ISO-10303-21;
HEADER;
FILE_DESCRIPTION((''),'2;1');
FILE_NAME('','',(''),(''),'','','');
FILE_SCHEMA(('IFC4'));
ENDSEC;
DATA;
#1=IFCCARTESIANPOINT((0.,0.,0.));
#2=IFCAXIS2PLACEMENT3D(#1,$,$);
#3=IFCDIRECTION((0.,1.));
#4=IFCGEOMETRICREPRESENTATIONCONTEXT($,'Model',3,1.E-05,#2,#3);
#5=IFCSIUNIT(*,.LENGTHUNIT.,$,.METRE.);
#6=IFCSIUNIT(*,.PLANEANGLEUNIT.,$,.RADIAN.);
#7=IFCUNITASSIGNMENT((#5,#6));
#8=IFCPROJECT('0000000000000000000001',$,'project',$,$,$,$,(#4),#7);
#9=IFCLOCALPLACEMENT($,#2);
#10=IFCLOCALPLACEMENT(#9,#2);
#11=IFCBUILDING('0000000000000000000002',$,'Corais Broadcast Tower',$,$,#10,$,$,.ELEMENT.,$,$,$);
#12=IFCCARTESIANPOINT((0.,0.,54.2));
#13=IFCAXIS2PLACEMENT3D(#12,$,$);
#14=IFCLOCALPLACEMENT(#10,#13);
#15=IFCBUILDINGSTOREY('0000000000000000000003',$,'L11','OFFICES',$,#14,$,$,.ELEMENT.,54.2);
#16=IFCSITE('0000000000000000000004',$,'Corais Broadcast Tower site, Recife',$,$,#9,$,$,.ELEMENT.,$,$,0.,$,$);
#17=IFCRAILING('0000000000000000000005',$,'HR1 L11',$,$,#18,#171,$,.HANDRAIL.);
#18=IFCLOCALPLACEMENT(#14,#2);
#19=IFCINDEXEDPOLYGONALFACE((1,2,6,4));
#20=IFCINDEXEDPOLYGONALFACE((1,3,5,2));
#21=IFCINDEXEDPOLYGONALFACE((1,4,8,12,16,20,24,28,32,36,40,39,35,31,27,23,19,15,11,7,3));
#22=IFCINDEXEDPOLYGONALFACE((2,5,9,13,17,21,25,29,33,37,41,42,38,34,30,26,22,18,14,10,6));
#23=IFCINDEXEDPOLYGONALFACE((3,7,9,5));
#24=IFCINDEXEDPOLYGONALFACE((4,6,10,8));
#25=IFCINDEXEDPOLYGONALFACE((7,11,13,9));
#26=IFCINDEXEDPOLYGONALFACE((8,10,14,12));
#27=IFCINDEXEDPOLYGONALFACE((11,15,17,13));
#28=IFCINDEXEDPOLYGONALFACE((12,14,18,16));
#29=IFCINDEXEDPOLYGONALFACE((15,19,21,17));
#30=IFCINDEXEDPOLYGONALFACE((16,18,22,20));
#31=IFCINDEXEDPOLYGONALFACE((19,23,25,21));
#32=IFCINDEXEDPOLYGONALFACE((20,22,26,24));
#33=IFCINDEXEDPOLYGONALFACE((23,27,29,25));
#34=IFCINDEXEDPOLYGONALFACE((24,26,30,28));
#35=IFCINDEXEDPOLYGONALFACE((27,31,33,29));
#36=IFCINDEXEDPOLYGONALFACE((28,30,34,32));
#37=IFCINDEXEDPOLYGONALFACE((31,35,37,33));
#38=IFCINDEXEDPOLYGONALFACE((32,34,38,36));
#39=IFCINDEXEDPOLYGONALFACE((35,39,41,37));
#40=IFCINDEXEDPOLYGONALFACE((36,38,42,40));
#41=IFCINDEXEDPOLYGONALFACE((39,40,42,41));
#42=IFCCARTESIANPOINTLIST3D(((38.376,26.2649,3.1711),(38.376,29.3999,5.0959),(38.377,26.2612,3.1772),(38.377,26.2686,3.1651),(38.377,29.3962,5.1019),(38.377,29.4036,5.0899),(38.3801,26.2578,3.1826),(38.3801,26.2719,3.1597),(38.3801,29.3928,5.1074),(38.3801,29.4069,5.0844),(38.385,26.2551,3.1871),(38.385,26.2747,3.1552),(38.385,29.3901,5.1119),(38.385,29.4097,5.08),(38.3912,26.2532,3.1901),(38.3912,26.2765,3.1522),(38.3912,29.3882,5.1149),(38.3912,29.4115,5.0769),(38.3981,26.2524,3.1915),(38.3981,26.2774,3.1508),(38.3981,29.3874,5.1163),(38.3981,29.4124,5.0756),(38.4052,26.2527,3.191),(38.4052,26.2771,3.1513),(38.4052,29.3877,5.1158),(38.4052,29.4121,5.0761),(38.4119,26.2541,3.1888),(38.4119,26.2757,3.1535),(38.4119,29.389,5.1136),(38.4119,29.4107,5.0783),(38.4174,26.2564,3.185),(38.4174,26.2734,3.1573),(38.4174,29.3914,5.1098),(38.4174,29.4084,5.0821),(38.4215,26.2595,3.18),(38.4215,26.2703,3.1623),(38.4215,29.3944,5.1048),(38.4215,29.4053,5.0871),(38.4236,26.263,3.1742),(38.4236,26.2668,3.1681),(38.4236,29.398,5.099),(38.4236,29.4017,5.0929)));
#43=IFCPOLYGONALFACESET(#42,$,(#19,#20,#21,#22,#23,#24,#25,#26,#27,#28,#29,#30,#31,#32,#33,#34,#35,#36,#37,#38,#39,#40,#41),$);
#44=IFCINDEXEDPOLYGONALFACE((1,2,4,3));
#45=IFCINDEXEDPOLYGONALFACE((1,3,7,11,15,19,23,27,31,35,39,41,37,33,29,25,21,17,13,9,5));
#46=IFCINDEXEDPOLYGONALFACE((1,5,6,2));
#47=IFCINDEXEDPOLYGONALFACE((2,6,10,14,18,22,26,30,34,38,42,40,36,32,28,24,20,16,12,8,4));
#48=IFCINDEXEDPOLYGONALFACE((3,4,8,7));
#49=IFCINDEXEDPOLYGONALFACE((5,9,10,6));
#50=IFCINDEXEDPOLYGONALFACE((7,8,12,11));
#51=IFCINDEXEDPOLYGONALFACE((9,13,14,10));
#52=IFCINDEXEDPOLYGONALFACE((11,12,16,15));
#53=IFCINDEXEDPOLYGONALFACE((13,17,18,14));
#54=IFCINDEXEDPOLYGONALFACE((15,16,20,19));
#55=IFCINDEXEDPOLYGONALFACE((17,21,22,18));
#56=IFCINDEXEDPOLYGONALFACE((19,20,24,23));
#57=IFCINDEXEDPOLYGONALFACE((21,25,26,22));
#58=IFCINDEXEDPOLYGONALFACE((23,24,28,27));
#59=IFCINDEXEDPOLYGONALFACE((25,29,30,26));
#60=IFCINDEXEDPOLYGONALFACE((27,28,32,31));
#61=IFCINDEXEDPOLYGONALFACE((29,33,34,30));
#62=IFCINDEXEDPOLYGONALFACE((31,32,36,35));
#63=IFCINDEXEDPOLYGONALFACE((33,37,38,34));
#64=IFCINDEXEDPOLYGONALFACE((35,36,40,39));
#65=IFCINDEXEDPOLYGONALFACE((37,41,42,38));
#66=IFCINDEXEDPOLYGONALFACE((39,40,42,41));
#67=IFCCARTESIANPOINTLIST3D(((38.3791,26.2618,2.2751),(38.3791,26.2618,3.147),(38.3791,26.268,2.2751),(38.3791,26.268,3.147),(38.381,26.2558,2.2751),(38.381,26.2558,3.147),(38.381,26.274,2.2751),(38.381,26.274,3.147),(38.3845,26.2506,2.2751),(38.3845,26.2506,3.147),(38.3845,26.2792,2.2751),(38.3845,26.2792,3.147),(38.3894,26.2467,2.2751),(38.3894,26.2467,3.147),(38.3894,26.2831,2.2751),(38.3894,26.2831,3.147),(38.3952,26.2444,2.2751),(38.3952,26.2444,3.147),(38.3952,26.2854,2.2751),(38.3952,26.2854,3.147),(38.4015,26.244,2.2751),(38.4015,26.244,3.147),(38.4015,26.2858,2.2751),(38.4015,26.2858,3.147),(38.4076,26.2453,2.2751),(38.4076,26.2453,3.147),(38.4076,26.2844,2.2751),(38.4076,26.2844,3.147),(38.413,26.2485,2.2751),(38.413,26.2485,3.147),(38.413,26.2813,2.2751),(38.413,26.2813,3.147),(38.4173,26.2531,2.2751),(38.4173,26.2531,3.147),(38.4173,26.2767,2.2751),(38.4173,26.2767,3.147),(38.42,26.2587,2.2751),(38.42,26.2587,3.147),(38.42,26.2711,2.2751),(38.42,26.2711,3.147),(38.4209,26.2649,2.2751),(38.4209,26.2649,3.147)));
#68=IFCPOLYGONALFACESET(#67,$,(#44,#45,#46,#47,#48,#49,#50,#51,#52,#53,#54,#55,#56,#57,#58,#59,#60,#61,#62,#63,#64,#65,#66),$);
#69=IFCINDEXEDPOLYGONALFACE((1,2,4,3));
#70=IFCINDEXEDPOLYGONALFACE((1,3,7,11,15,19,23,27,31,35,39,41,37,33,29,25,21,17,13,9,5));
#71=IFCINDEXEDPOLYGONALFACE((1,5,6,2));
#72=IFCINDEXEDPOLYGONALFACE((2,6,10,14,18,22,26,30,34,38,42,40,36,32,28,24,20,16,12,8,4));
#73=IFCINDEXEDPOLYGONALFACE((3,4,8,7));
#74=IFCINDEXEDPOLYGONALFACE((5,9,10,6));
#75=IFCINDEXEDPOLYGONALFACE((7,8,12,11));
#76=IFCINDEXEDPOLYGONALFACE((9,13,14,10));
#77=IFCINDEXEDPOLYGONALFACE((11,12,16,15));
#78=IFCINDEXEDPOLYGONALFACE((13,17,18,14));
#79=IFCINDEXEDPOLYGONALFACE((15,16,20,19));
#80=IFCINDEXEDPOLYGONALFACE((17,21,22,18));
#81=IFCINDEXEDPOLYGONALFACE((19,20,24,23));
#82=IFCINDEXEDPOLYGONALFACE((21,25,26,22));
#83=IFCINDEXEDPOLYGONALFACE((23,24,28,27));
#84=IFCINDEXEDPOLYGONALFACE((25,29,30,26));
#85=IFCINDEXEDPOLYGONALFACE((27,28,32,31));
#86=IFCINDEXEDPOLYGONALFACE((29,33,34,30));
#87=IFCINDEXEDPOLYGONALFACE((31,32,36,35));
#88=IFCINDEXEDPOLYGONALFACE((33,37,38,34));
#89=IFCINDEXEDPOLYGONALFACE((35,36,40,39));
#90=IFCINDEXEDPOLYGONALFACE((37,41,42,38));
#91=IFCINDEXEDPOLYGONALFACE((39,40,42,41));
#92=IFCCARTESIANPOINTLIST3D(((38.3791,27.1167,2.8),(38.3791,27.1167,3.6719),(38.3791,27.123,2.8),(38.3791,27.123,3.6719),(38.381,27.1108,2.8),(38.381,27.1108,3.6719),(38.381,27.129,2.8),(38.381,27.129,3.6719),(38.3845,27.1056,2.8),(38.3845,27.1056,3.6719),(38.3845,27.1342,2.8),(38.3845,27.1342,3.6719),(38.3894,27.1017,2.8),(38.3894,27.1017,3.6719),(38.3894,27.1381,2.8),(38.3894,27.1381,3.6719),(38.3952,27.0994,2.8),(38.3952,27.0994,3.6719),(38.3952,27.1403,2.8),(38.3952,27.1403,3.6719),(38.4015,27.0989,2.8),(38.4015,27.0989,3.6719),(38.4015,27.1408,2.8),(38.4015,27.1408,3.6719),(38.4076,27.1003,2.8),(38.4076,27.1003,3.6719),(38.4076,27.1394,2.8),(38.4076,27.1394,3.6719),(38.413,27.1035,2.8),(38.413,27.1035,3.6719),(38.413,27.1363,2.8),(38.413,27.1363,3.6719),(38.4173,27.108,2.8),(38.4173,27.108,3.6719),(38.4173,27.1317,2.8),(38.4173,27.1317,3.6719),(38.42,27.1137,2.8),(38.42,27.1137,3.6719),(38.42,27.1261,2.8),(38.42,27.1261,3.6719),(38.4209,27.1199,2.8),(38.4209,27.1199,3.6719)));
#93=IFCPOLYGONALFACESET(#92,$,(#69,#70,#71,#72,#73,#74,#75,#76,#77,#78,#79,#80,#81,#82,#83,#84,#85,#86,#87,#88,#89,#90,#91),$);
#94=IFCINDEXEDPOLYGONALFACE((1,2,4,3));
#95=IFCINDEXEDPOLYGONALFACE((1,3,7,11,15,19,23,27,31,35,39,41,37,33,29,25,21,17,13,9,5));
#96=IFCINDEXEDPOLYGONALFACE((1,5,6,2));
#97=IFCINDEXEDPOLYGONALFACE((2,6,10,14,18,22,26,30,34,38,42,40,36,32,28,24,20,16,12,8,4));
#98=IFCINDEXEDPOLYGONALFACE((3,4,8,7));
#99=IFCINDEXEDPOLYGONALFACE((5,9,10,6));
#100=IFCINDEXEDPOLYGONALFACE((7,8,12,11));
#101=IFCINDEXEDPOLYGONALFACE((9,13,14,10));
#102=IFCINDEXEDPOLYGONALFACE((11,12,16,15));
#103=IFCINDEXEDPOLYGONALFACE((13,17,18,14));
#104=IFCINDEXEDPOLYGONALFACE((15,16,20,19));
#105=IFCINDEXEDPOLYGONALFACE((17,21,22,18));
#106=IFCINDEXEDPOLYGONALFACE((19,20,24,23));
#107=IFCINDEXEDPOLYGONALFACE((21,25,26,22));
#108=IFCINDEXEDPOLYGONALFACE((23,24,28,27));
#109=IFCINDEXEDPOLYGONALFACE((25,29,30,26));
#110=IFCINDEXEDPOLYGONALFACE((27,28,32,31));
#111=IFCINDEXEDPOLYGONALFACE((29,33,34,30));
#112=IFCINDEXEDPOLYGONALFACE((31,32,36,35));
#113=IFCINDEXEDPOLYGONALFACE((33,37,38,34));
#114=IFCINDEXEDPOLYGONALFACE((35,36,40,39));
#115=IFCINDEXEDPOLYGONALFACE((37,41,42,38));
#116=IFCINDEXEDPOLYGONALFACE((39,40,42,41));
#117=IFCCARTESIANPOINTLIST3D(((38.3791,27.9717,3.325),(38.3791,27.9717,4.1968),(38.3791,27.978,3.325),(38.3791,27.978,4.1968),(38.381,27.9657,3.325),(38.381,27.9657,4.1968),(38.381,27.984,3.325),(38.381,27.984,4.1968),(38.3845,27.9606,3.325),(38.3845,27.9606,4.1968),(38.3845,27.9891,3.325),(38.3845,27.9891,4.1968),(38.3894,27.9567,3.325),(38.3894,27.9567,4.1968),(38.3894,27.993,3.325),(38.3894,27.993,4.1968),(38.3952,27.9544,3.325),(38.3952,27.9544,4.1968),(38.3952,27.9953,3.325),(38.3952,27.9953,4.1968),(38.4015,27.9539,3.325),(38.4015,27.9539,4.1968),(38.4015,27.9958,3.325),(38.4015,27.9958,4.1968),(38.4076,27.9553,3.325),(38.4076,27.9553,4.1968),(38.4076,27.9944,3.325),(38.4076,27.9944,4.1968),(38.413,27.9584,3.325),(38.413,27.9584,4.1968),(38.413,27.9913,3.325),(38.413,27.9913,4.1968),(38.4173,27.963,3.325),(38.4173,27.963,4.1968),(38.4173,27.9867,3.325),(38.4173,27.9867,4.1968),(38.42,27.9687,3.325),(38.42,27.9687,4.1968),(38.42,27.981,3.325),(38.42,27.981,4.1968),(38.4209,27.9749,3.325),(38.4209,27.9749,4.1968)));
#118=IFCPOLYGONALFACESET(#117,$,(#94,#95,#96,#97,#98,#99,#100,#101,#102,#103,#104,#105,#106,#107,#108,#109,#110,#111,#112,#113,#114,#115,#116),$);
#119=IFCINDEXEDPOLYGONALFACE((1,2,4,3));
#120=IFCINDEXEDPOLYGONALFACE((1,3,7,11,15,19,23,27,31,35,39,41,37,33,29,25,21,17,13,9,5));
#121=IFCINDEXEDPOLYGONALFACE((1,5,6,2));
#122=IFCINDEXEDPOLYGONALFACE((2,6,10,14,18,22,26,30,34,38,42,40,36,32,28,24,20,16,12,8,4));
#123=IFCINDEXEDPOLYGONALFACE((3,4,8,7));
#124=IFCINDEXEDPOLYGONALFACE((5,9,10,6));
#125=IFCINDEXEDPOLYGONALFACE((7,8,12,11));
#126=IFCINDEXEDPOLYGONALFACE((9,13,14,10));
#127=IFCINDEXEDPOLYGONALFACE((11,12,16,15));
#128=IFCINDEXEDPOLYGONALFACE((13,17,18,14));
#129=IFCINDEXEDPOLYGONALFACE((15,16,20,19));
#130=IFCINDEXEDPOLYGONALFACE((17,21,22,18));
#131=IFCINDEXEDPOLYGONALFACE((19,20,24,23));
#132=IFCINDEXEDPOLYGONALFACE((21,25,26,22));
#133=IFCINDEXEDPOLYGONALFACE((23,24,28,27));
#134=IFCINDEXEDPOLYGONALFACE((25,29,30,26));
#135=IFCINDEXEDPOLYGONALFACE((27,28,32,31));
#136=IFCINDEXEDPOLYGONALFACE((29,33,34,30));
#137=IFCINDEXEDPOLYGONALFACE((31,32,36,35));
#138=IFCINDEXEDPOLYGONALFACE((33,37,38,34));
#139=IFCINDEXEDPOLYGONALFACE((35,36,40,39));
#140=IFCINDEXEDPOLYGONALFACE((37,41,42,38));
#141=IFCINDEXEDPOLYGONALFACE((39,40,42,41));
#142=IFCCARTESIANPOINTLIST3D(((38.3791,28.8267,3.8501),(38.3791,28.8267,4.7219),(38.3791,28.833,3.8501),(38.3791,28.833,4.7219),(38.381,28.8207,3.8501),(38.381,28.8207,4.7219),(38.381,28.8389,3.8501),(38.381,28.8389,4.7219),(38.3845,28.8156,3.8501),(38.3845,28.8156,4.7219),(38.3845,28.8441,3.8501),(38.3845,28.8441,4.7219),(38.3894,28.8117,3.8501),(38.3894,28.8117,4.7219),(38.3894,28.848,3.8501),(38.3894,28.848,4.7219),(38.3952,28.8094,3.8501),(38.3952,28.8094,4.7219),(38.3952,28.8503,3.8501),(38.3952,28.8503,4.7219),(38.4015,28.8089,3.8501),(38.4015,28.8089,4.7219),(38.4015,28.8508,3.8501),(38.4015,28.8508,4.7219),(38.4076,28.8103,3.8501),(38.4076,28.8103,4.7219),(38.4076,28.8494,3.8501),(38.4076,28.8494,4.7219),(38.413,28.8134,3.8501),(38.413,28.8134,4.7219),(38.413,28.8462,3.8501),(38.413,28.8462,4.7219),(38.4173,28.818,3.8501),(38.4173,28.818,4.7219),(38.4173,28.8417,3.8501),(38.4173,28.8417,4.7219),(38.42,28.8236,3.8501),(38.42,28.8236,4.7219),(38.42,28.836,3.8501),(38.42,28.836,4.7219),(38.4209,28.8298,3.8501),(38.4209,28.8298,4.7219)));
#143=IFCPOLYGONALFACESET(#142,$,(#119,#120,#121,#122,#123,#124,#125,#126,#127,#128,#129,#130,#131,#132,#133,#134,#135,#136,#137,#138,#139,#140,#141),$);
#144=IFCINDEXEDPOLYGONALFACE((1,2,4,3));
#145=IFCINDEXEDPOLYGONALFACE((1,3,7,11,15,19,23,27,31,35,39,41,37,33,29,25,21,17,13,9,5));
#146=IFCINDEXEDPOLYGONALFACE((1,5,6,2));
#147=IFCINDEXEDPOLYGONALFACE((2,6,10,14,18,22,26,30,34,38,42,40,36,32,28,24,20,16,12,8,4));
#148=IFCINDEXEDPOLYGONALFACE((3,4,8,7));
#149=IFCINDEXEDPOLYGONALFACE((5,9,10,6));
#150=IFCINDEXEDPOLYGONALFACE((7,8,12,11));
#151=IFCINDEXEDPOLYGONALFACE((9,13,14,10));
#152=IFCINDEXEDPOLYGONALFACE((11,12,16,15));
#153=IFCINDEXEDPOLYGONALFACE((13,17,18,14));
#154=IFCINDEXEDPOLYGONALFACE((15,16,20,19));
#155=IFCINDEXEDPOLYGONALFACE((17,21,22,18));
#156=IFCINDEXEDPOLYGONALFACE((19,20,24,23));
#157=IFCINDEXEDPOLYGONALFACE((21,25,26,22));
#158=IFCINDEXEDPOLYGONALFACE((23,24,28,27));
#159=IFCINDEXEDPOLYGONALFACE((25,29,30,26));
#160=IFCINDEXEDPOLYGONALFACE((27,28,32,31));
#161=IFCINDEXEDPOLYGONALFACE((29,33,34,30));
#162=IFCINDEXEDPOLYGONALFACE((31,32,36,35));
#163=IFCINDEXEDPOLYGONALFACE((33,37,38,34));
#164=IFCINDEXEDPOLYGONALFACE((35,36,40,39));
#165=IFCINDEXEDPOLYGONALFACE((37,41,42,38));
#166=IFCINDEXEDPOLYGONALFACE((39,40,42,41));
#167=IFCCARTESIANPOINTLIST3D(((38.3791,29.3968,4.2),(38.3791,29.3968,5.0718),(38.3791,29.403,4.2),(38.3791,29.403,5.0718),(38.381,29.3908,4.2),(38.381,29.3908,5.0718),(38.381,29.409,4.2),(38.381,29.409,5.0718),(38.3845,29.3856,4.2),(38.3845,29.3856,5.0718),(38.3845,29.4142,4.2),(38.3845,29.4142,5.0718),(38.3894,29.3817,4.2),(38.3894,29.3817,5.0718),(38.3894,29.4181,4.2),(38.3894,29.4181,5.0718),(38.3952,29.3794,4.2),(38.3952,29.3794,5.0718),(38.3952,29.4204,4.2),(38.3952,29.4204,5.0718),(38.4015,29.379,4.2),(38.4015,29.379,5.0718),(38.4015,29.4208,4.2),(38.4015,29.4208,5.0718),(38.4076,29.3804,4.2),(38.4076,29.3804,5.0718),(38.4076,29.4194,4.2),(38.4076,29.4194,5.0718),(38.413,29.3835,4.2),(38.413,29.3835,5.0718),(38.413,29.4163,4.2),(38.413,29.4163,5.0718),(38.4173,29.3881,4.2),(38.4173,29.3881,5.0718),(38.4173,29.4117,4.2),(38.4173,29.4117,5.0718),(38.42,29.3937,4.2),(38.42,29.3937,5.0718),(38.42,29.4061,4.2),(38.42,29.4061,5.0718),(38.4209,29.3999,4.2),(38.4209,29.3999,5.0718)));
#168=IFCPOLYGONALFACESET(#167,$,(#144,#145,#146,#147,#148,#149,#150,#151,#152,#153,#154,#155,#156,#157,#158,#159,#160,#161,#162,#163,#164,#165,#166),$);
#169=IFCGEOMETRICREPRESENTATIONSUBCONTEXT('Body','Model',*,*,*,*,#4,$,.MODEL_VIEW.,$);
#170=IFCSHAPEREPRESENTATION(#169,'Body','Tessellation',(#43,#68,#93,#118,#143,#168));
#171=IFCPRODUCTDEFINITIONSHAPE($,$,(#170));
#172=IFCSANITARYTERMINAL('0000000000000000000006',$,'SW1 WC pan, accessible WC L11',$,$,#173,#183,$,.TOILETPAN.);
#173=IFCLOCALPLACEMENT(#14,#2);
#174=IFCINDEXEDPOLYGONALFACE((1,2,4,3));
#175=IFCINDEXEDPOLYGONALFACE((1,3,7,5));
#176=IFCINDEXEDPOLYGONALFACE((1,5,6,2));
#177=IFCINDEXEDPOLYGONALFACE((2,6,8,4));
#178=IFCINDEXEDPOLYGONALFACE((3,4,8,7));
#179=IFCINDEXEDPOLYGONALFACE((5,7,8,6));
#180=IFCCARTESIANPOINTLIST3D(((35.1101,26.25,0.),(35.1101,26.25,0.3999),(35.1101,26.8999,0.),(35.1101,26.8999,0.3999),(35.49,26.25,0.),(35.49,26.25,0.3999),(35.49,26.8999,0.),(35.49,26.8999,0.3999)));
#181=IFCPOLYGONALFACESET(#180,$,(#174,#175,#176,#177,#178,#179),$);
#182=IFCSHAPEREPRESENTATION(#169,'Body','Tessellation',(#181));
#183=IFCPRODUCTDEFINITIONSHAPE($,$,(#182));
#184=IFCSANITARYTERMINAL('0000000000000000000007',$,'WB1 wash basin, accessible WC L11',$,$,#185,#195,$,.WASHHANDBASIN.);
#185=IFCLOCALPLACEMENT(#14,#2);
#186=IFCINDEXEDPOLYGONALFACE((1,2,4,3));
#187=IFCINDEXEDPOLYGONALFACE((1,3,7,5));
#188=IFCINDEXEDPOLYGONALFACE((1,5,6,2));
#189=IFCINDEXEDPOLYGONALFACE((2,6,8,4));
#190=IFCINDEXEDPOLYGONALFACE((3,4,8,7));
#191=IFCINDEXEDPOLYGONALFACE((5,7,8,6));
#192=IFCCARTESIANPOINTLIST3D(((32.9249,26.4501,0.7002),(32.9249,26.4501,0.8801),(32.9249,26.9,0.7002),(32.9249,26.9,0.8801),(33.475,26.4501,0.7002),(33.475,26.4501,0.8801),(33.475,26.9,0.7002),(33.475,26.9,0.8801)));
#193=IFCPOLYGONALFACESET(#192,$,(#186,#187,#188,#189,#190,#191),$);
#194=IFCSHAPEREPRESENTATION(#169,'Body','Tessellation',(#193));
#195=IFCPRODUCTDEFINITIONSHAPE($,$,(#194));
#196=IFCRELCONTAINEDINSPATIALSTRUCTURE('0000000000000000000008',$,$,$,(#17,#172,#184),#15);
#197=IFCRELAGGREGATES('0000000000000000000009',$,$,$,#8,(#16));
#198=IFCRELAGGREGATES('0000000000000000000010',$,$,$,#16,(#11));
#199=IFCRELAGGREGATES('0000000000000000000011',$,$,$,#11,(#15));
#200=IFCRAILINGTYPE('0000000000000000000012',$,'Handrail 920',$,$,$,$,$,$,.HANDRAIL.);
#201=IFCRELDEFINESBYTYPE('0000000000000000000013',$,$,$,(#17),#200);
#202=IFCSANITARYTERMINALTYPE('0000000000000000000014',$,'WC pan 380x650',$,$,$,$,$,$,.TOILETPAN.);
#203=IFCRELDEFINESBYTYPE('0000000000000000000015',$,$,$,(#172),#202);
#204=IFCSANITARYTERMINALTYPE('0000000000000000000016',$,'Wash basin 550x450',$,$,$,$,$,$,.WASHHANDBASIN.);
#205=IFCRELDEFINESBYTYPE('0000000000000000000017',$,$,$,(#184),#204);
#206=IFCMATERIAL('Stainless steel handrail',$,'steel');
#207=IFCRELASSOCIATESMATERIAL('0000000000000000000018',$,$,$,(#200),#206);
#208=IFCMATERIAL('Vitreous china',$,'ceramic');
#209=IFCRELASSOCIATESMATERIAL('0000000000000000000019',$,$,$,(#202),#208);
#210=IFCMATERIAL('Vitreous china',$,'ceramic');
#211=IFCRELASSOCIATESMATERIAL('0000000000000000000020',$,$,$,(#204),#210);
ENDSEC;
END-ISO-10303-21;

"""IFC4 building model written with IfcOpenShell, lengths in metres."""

from ifc_helpers import new_model, si_unit, direction, frame, origin, origin_2d, place, context, subcontext, project, spatial, rectangle, circle, extrude, material, type_object, element, save


model = new_model("IFC4")

# Units and contexts
model_context = context("Model", 3, precision=1e-05, world=origin(), true_north=direction((0.0, 1.0)))
body_context = subcontext(model_context, "Body", "Model", "MODEL_VIEW")
ifc_project = project(units=[si_unit("LENGTHUNIT", "METRE"), si_unit("PLANEANGLEUNIT", "RADIAN")], contexts=[model_context])

# Site, building, storey
site_placement = place(None, origin())
site = spatial("IfcSite", under=ifc_project, at=site_placement, Name="Corais Broadcast Tower site, Recife", CompositionType="ELEMENT", RefElevation=0.0)
building_placement = place(site_placement, origin())
building = spatial("IfcBuilding", under=site, at=building_placement, Name="Corais Broadcast Tower", CompositionType="ELEMENT")
storey_placement = place(building_placement, frame((0.0, 0.0, 54.2)))
storey = spatial("IfcBuildingStorey", under=building, at=storey_placement, Name="L11", Description="OFFICES", CompositionType="ELEMENT", Elevation=54.2)

# Railing
ifc_material_1 = material(Name="Stainless steel handrail", Category="steel")
railing_type = type_object("IfcRailingType", Name="Handrail 920", PredefinedType="HANDRAIL", material=ifc_material_1)
for number, where, name in (
    (1, (38.3999, 26.2649, 2.2751), "HR1 L11"),
):
    element("IfcRailing", number, at=place(storey_placement, frame(where)), inside=storey, type_object=railing_type, Name=name, PredefinedType="HANDRAIL", context=body_context, shape_type="SweptSolid", body=[
        extrude(circle(Radius=0.0239, at=origin_2d()), frame((0.0, 0.0, 0.896), z_axis=(0.0, 0.852196, 0.523223), x_axis=(-1.0, 0.0, 0.0)), (0.0, 0.0, 1.0), 3.6787),
        extrude(circle(Radius=0.021, at=origin_2d()), origin(), (0.0, 0.0, 1.0), 0.8718),
        extrude(circle(Radius=0.021, at=origin_2d()), frame((0.0, 0.855, 0.5249)), (0.0, 0.0, 1.0), 0.8718),
        extrude(circle(Radius=0.021, at=origin_2d()), frame((0.0, 1.71, 1.0498)), (0.0, 0.0, 1.0), 0.8718),
        extrude(circle(Radius=0.021, at=origin_2d()), frame((0.0, 2.5649, 1.575)), (0.0, 0.0, 1.0), 0.8718),
        extrude(circle(Radius=0.021, at=origin_2d()), frame((0.0, 3.135, 1.9248)), (0.0, 0.0, 1.0), 0.8718),
    ])

# Sanitary terminals
ifc_material_2 = material(Name="Vitreous china", Category="ceramic")
sanitary_terminal_type_1 = type_object("IfcSanitaryTerminalType", Name="WC pan 380x650", PredefinedType="TOILETPAN", material=ifc_material_2)
sanitary_terminal_1_placement = place(storey_placement, frame((35.3, 26.575, 0.0), z_axis=(0.0, 0.0, 1.0), x_axis=(1.0, 0.0, 0.0)))
element("IfcSanitaryTerminal", 2, at=sanitary_terminal_1_placement, inside=storey, type_object=sanitary_terminal_type_1, Name="SW1 WC pan, accessible WC L11", PredefinedType="TOILETPAN", context=body_context, shape_type="SweptSolid", body=[
    extrude(rectangle(XDim=0.3799, YDim=0.6499, at=origin_2d()), origin(), (0.0, 0.0, 1.0), 0.3999),
])
ifc_material_3 = material(Name="Vitreous china", Category="ceramic")
sanitary_terminal_type_2 = type_object("IfcSanitaryTerminalType", Name="Wash basin 550x450", PredefinedType="WASHHANDBASIN", material=ifc_material_3)
sanitary_terminal_2_placement = place(storey_placement, frame((33.2, 26.675, 0.7002), z_axis=(0.0, 0.0, 1.0), x_axis=(1.0, 0.0, 0.0)))
element("IfcSanitaryTerminal", 3, at=sanitary_terminal_2_placement, inside=storey, type_object=sanitary_terminal_type_2, Name="WB1 wash basin, accessible WC L11", PredefinedType="WASHHANDBASIN", context=body_context, shape_type="SweptSolid", body=[
    extrude(rectangle(XDim=0.55, YDim=0.45, at=origin_2d()), origin(), (0.0, 0.0, 1.0), 0.1799),
])

save(model, "model.ifc")
